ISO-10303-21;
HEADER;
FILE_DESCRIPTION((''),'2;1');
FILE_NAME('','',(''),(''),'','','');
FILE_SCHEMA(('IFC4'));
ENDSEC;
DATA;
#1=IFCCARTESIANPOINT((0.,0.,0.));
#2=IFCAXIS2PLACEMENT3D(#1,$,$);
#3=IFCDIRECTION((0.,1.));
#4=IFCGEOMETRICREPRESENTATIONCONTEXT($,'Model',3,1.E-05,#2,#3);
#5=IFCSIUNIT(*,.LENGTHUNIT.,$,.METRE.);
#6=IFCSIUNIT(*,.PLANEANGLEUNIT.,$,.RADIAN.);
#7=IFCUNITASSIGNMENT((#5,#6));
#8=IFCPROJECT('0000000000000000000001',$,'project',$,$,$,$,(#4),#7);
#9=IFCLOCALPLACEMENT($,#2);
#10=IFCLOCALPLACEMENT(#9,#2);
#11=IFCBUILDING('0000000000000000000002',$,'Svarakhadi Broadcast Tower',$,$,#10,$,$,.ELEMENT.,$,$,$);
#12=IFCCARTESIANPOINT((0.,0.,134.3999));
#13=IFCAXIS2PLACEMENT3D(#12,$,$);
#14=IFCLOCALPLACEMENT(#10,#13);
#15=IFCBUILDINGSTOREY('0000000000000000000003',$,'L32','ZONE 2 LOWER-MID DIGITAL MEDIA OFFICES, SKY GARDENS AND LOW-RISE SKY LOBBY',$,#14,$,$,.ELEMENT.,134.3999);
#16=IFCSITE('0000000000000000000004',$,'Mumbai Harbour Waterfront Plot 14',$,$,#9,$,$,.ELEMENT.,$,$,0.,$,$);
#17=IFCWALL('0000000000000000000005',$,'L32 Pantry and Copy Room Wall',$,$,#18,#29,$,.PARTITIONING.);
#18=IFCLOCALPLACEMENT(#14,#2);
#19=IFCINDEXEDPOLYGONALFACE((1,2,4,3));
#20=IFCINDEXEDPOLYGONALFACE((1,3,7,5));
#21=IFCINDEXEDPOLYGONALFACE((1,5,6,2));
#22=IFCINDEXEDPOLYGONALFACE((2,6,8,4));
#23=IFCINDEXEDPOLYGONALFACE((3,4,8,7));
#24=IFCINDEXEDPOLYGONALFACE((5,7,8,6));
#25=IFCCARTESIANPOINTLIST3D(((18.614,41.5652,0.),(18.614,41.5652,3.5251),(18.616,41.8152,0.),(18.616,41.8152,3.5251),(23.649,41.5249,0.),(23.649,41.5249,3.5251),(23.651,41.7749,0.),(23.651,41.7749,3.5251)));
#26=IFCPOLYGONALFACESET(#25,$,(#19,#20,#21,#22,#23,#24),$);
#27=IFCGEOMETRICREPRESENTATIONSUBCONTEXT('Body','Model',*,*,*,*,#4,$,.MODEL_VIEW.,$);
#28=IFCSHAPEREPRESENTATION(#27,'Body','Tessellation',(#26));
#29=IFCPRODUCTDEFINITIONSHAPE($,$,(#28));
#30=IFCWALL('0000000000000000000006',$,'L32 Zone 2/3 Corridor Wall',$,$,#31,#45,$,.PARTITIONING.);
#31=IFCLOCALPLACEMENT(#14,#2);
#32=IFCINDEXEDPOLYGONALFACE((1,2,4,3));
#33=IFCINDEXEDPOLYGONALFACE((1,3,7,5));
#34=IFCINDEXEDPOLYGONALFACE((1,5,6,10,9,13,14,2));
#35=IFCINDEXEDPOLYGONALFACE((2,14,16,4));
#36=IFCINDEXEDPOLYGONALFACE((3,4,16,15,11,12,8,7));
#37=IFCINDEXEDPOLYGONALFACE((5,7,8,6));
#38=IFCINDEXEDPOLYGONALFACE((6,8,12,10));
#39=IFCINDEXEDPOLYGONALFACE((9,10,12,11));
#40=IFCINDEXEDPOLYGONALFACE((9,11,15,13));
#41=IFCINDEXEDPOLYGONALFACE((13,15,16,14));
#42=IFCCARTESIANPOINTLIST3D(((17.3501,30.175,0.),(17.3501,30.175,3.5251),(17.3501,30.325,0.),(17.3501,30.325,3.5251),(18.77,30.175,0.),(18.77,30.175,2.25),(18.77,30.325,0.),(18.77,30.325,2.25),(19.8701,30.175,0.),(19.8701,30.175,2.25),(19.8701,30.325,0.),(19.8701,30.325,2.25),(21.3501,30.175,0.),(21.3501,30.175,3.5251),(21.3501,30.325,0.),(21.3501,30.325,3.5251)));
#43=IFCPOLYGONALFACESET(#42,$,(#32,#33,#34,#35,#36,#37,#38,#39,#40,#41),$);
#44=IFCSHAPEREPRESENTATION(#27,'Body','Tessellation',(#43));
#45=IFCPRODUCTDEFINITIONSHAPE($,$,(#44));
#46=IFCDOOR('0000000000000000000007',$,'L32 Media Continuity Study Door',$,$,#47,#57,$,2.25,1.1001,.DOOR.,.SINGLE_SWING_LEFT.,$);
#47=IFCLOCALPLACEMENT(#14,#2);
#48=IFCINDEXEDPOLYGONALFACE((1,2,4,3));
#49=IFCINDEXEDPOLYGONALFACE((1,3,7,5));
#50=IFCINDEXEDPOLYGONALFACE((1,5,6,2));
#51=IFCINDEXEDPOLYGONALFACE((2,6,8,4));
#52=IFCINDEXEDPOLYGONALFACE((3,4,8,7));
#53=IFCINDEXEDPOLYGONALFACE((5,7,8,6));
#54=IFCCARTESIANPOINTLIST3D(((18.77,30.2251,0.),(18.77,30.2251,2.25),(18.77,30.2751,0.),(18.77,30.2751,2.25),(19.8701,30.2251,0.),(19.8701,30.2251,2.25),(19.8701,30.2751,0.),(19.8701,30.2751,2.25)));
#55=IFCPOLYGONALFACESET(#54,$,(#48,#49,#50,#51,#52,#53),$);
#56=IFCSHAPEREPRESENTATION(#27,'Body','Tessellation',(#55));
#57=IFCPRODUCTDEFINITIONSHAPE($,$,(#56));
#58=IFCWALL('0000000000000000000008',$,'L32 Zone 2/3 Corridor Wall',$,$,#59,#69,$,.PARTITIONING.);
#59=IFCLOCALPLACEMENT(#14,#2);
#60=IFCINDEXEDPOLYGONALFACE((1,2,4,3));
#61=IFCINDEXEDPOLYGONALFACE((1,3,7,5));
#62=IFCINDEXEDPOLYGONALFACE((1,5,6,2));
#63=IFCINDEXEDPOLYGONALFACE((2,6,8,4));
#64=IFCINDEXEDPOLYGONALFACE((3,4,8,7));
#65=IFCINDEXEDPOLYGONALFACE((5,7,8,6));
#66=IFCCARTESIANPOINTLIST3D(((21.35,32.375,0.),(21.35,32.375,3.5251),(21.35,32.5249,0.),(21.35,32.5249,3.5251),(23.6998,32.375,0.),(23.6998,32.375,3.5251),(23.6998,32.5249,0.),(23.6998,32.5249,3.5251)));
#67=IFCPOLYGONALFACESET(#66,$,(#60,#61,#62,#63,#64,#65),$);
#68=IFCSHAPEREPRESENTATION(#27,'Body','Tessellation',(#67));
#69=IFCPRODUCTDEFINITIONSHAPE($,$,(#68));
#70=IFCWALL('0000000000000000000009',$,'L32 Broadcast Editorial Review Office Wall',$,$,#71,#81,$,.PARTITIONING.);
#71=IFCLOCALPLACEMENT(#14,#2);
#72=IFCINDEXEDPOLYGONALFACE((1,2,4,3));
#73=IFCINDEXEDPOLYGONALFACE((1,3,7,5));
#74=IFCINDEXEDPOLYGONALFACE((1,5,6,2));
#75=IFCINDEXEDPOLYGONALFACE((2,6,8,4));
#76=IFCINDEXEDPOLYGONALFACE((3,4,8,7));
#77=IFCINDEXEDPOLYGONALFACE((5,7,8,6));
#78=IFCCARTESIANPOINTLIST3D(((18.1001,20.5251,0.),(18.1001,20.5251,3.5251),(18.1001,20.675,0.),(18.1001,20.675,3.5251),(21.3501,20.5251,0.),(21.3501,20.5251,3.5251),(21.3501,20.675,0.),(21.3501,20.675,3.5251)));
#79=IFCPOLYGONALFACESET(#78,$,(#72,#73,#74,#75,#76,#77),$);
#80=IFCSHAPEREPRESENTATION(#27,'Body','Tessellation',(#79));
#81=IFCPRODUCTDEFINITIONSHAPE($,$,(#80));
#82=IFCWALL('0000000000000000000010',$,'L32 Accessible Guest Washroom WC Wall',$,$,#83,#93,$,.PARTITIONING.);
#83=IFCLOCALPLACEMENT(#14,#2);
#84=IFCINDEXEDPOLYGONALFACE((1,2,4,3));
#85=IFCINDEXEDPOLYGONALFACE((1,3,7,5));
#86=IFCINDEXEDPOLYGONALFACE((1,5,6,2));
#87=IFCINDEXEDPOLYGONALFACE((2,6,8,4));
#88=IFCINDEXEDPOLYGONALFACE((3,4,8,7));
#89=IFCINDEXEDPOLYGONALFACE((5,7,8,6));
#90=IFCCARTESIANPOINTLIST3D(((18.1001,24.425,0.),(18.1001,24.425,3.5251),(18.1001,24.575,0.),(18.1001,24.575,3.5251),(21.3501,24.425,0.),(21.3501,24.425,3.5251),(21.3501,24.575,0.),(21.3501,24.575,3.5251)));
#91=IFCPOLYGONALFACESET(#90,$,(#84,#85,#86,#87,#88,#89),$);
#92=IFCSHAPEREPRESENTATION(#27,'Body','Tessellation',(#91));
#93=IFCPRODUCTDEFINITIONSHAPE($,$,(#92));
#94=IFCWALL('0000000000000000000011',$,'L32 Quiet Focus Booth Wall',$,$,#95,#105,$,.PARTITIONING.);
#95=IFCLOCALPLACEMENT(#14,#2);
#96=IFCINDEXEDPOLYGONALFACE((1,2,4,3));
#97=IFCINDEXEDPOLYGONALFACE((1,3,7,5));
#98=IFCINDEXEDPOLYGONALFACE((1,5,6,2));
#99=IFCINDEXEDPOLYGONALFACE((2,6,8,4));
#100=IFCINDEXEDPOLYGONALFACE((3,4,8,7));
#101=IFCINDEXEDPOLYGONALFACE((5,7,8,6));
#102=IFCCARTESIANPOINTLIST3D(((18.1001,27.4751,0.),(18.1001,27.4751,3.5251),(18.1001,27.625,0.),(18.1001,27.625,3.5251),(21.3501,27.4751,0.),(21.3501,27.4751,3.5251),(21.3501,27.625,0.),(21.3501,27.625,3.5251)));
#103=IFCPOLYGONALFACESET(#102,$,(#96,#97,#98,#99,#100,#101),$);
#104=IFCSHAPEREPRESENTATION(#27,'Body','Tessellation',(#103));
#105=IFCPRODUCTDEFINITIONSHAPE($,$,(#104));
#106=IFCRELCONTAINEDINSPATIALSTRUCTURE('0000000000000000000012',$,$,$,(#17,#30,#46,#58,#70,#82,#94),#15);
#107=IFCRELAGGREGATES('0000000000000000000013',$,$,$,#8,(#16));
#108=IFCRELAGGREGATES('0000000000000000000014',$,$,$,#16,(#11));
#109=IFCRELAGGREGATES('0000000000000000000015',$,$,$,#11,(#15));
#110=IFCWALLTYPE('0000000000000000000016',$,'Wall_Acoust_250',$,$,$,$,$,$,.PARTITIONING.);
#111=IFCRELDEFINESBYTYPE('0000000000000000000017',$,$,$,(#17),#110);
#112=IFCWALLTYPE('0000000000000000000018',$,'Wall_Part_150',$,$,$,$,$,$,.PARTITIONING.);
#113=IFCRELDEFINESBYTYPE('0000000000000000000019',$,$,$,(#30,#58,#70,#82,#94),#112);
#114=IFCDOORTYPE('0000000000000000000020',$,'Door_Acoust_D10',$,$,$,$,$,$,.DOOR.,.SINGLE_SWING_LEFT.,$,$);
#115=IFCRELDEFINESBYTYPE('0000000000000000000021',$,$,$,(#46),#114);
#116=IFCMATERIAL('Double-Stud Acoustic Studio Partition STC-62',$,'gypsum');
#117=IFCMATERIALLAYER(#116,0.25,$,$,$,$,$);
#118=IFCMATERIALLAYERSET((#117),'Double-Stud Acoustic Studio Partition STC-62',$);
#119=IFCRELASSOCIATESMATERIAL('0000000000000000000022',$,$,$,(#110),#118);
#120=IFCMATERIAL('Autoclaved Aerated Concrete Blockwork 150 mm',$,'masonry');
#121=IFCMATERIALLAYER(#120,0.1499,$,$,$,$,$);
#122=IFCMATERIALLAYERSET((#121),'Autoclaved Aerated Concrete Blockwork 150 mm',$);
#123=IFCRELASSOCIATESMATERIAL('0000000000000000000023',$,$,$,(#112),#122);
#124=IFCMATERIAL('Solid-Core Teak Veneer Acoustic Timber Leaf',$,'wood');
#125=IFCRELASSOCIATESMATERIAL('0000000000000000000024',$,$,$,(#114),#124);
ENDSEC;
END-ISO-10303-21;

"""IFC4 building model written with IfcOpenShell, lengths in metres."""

from ifc_helpers import new_model, si_unit, direction, frame, frame_2d, origin, place, context, subcontext, project, spatial, rectangle, extrude, material, layer, layer_set, type_object, element, fill, save


model = new_model("IFC4")

# Units and contexts
model_context = context("Model", 3, precision=1e-05, world=origin(), true_north=direction((0.0, 1.0)))
body_context = subcontext(model_context, "Body", "Model", "MODEL_VIEW")
ifc_project = project(units=[si_unit("LENGTHUNIT", "METRE"), si_unit("PLANEANGLEUNIT", "RADIAN")], contexts=[model_context])

# Site, building, storey
site_placement = place(None, origin())
site = spatial("IfcSite", under=ifc_project, at=site_placement, Name="Mumbai Harbour Waterfront Plot 14", CompositionType="ELEMENT", RefElevation=0.0)
building_placement = place(site_placement, origin())
building = spatial("IfcBuilding", under=site, at=building_placement, Name="Svarakhadi Broadcast Tower", CompositionType="ELEMENT")
storey_placement = place(building_placement, frame((0.0, 0.0, 134.3999)))
storey = spatial("IfcBuildingStorey", under=building, at=storey_placement, Name="L32", Description="ZONE 2 LOWER-MID DIGITAL MEDIA OFFICES, SKY GARDENS AND LOW-RISE SKY LOBBY", CompositionType="ELEMENT", Elevation=134.3999)

# Wall
ifc_material_1 = material(Name="Double-Stud Acoustic Studio Partition STC-62", Category="gypsum")
ifc_layer_1 = layer(ifc_material_1, 0.25)
ifc_layer_set_1 = layer_set([ifc_layer_1], Name="Double-Stud Acoustic Studio Partition STC-62")
wall_type_1 = type_object("IfcWallType", Name="Wall_Acoust_250", PredefinedType="PARTITIONING", material=ifc_layer_set_1)
wall_1_placement = place(storey_placement, frame((18.615, 41.6902, 0.0), z_axis=(0.0, 0.0, 1.0), x_axis=(0.999968, -0.008001, 0.0)))
element("IfcWall", 1, at=wall_1_placement, inside=storey, type_object=wall_type_1, Name="L32 Pantry and Copy Room Wall", PredefinedType="PARTITIONING", context=body_context, shape_type="SweptSolid", body=[
    extrude(rectangle(XDim=5.0352, YDim=0.25, at=frame_2d((2.5176, 0.0))), origin(), (0.0, 0.0, 1.0), 3.5251),
])

# Wall, opening, door
ifc_material_2 = material(Name="Autoclaved Aerated Concrete Blockwork 150 mm", Category="masonry")
ifc_layer_2 = layer(ifc_material_2, 0.1499)
ifc_layer_set_2 = layer_set([ifc_layer_2], Name="Autoclaved Aerated Concrete Blockwork 150 mm")
wall_type_2 = type_object("IfcWallType", Name="Wall_Part_150", PredefinedType="PARTITIONING", material=ifc_layer_set_2)
wall_2_placement = place(storey_placement, frame((21.3501, 30.25, 0.0), z_axis=(0.0, 0.0, 1.0), x_axis=(-1.0, 0.0, 0.0)))
wall_2 = element("IfcWall", 2, at=wall_2_placement, inside=storey, type_object=wall_type_2, Name="L32 Zone 2/3 Corridor Wall", PredefinedType="PARTITIONING", context=body_context, shape_type="SweptSolid", body=[
    extrude(rectangle(XDim=4.0, YDim=0.1499, at=frame_2d((2.0, 0.0))), origin(), (0.0, 0.0, 1.0), 3.5251),
])
opening_placement = place(wall_2_placement, frame((1.48, 0.0, 0.0)))
opening = element("IfcOpeningElement", 3, at=opening_placement, cuts=wall_2, PredefinedType="OPENING", context=body_context, shape_type="SweptSolid", body=[
    extrude(rectangle(XDim=1.1001, YDim=2.25, at=frame_2d((0.55, 1.125))), frame((0.0, 0.085, 0.0), z_axis=(0.0, -1.0, 0.0), x_axis=(1.0, 0.0, 0.0)), (0.0, 0.0, 1.0), 0.1699),
])
ifc_material_3 = material(Name="Solid-Core Teak Veneer Acoustic Timber Leaf", Category="wood")
door_type = type_object("IfcDoorType", Name="Door_Acoust_D10", OperationType="SINGLE_SWING_LEFT", PredefinedType="DOOR", material=ifc_material_3)
door_placement = place(opening_placement, origin())
door = element("IfcDoor", 4, at=door_placement, inside=storey, type_object=door_type, Name="L32 Media Continuity Study Door", OperationType="SINGLE_SWING_LEFT", OverallHeight=2.25, OverallWidth=1.1001, PredefinedType="DOOR", context=body_context, shape_type="SweptSolid", body=[
    extrude(rectangle(XDim=1.1001, YDim=2.25, at=frame_2d((0.55, 1.125))), frame((0.0, 0.0249, 0.0), z_axis=(0.0, -1.0, 0.0), x_axis=(1.0, 0.0, 0.0)), (0.0, 0.0, 1.0), 0.05),
])
fill(opening, door)

# Walls
wall_3_placement = place(storey_placement, frame((21.3501, 32.45, 0.0), z_axis=(0.0, 0.0, 1.0), x_axis=(1.0, 0.0, 0.0)))
element("IfcWall", 5, at=wall_3_placement, inside=storey, type_object=wall_type_2, Name="L32 Zone 2/3 Corridor Wall", PredefinedType="PARTITIONING", context=body_context, shape_type="SweptSolid", body=[
    extrude(rectangle(XDim=2.3499, YDim=0.1499, at=frame_2d((1.1748, 0.0))), origin(), (0.0, 0.0, 1.0), 3.5251),
])
for number, where, z_axis, x_axis, name in (
    (6, (18.1001, 20.6001, 0.0), (0.0, 0.0, 1.0), (1.0, 0.0, 0.0), "L32 Broadcast Editorial Review Office Wall"),
    (7, (18.1001, 24.5, 0.0), (0.0, 0.0, 1.0), (1.0, 0.0, 0.0), "L32 Accessible Guest Washroom WC Wall"),
    (8, (18.1001, 27.55, 0.0), (0.0, 0.0, 1.0), (1.0, 0.0, 0.0), "L32 Quiet Focus Booth Wall"),
):
    element("IfcWall", number, at=place(storey_placement, frame(where, z_axis=z_axis, x_axis=x_axis)), inside=storey, type_object=wall_type_2, Name=name, PredefinedType="PARTITIONING", context=body_context, shape_type="SweptSolid", body=[
        extrude(rectangle(XDim=3.25, YDim=0.1499, at=frame_2d((1.625, 0.0))), origin(), (0.0, 0.0, 1.0), 3.5251),
    ])

save(model, "model.ifc")
